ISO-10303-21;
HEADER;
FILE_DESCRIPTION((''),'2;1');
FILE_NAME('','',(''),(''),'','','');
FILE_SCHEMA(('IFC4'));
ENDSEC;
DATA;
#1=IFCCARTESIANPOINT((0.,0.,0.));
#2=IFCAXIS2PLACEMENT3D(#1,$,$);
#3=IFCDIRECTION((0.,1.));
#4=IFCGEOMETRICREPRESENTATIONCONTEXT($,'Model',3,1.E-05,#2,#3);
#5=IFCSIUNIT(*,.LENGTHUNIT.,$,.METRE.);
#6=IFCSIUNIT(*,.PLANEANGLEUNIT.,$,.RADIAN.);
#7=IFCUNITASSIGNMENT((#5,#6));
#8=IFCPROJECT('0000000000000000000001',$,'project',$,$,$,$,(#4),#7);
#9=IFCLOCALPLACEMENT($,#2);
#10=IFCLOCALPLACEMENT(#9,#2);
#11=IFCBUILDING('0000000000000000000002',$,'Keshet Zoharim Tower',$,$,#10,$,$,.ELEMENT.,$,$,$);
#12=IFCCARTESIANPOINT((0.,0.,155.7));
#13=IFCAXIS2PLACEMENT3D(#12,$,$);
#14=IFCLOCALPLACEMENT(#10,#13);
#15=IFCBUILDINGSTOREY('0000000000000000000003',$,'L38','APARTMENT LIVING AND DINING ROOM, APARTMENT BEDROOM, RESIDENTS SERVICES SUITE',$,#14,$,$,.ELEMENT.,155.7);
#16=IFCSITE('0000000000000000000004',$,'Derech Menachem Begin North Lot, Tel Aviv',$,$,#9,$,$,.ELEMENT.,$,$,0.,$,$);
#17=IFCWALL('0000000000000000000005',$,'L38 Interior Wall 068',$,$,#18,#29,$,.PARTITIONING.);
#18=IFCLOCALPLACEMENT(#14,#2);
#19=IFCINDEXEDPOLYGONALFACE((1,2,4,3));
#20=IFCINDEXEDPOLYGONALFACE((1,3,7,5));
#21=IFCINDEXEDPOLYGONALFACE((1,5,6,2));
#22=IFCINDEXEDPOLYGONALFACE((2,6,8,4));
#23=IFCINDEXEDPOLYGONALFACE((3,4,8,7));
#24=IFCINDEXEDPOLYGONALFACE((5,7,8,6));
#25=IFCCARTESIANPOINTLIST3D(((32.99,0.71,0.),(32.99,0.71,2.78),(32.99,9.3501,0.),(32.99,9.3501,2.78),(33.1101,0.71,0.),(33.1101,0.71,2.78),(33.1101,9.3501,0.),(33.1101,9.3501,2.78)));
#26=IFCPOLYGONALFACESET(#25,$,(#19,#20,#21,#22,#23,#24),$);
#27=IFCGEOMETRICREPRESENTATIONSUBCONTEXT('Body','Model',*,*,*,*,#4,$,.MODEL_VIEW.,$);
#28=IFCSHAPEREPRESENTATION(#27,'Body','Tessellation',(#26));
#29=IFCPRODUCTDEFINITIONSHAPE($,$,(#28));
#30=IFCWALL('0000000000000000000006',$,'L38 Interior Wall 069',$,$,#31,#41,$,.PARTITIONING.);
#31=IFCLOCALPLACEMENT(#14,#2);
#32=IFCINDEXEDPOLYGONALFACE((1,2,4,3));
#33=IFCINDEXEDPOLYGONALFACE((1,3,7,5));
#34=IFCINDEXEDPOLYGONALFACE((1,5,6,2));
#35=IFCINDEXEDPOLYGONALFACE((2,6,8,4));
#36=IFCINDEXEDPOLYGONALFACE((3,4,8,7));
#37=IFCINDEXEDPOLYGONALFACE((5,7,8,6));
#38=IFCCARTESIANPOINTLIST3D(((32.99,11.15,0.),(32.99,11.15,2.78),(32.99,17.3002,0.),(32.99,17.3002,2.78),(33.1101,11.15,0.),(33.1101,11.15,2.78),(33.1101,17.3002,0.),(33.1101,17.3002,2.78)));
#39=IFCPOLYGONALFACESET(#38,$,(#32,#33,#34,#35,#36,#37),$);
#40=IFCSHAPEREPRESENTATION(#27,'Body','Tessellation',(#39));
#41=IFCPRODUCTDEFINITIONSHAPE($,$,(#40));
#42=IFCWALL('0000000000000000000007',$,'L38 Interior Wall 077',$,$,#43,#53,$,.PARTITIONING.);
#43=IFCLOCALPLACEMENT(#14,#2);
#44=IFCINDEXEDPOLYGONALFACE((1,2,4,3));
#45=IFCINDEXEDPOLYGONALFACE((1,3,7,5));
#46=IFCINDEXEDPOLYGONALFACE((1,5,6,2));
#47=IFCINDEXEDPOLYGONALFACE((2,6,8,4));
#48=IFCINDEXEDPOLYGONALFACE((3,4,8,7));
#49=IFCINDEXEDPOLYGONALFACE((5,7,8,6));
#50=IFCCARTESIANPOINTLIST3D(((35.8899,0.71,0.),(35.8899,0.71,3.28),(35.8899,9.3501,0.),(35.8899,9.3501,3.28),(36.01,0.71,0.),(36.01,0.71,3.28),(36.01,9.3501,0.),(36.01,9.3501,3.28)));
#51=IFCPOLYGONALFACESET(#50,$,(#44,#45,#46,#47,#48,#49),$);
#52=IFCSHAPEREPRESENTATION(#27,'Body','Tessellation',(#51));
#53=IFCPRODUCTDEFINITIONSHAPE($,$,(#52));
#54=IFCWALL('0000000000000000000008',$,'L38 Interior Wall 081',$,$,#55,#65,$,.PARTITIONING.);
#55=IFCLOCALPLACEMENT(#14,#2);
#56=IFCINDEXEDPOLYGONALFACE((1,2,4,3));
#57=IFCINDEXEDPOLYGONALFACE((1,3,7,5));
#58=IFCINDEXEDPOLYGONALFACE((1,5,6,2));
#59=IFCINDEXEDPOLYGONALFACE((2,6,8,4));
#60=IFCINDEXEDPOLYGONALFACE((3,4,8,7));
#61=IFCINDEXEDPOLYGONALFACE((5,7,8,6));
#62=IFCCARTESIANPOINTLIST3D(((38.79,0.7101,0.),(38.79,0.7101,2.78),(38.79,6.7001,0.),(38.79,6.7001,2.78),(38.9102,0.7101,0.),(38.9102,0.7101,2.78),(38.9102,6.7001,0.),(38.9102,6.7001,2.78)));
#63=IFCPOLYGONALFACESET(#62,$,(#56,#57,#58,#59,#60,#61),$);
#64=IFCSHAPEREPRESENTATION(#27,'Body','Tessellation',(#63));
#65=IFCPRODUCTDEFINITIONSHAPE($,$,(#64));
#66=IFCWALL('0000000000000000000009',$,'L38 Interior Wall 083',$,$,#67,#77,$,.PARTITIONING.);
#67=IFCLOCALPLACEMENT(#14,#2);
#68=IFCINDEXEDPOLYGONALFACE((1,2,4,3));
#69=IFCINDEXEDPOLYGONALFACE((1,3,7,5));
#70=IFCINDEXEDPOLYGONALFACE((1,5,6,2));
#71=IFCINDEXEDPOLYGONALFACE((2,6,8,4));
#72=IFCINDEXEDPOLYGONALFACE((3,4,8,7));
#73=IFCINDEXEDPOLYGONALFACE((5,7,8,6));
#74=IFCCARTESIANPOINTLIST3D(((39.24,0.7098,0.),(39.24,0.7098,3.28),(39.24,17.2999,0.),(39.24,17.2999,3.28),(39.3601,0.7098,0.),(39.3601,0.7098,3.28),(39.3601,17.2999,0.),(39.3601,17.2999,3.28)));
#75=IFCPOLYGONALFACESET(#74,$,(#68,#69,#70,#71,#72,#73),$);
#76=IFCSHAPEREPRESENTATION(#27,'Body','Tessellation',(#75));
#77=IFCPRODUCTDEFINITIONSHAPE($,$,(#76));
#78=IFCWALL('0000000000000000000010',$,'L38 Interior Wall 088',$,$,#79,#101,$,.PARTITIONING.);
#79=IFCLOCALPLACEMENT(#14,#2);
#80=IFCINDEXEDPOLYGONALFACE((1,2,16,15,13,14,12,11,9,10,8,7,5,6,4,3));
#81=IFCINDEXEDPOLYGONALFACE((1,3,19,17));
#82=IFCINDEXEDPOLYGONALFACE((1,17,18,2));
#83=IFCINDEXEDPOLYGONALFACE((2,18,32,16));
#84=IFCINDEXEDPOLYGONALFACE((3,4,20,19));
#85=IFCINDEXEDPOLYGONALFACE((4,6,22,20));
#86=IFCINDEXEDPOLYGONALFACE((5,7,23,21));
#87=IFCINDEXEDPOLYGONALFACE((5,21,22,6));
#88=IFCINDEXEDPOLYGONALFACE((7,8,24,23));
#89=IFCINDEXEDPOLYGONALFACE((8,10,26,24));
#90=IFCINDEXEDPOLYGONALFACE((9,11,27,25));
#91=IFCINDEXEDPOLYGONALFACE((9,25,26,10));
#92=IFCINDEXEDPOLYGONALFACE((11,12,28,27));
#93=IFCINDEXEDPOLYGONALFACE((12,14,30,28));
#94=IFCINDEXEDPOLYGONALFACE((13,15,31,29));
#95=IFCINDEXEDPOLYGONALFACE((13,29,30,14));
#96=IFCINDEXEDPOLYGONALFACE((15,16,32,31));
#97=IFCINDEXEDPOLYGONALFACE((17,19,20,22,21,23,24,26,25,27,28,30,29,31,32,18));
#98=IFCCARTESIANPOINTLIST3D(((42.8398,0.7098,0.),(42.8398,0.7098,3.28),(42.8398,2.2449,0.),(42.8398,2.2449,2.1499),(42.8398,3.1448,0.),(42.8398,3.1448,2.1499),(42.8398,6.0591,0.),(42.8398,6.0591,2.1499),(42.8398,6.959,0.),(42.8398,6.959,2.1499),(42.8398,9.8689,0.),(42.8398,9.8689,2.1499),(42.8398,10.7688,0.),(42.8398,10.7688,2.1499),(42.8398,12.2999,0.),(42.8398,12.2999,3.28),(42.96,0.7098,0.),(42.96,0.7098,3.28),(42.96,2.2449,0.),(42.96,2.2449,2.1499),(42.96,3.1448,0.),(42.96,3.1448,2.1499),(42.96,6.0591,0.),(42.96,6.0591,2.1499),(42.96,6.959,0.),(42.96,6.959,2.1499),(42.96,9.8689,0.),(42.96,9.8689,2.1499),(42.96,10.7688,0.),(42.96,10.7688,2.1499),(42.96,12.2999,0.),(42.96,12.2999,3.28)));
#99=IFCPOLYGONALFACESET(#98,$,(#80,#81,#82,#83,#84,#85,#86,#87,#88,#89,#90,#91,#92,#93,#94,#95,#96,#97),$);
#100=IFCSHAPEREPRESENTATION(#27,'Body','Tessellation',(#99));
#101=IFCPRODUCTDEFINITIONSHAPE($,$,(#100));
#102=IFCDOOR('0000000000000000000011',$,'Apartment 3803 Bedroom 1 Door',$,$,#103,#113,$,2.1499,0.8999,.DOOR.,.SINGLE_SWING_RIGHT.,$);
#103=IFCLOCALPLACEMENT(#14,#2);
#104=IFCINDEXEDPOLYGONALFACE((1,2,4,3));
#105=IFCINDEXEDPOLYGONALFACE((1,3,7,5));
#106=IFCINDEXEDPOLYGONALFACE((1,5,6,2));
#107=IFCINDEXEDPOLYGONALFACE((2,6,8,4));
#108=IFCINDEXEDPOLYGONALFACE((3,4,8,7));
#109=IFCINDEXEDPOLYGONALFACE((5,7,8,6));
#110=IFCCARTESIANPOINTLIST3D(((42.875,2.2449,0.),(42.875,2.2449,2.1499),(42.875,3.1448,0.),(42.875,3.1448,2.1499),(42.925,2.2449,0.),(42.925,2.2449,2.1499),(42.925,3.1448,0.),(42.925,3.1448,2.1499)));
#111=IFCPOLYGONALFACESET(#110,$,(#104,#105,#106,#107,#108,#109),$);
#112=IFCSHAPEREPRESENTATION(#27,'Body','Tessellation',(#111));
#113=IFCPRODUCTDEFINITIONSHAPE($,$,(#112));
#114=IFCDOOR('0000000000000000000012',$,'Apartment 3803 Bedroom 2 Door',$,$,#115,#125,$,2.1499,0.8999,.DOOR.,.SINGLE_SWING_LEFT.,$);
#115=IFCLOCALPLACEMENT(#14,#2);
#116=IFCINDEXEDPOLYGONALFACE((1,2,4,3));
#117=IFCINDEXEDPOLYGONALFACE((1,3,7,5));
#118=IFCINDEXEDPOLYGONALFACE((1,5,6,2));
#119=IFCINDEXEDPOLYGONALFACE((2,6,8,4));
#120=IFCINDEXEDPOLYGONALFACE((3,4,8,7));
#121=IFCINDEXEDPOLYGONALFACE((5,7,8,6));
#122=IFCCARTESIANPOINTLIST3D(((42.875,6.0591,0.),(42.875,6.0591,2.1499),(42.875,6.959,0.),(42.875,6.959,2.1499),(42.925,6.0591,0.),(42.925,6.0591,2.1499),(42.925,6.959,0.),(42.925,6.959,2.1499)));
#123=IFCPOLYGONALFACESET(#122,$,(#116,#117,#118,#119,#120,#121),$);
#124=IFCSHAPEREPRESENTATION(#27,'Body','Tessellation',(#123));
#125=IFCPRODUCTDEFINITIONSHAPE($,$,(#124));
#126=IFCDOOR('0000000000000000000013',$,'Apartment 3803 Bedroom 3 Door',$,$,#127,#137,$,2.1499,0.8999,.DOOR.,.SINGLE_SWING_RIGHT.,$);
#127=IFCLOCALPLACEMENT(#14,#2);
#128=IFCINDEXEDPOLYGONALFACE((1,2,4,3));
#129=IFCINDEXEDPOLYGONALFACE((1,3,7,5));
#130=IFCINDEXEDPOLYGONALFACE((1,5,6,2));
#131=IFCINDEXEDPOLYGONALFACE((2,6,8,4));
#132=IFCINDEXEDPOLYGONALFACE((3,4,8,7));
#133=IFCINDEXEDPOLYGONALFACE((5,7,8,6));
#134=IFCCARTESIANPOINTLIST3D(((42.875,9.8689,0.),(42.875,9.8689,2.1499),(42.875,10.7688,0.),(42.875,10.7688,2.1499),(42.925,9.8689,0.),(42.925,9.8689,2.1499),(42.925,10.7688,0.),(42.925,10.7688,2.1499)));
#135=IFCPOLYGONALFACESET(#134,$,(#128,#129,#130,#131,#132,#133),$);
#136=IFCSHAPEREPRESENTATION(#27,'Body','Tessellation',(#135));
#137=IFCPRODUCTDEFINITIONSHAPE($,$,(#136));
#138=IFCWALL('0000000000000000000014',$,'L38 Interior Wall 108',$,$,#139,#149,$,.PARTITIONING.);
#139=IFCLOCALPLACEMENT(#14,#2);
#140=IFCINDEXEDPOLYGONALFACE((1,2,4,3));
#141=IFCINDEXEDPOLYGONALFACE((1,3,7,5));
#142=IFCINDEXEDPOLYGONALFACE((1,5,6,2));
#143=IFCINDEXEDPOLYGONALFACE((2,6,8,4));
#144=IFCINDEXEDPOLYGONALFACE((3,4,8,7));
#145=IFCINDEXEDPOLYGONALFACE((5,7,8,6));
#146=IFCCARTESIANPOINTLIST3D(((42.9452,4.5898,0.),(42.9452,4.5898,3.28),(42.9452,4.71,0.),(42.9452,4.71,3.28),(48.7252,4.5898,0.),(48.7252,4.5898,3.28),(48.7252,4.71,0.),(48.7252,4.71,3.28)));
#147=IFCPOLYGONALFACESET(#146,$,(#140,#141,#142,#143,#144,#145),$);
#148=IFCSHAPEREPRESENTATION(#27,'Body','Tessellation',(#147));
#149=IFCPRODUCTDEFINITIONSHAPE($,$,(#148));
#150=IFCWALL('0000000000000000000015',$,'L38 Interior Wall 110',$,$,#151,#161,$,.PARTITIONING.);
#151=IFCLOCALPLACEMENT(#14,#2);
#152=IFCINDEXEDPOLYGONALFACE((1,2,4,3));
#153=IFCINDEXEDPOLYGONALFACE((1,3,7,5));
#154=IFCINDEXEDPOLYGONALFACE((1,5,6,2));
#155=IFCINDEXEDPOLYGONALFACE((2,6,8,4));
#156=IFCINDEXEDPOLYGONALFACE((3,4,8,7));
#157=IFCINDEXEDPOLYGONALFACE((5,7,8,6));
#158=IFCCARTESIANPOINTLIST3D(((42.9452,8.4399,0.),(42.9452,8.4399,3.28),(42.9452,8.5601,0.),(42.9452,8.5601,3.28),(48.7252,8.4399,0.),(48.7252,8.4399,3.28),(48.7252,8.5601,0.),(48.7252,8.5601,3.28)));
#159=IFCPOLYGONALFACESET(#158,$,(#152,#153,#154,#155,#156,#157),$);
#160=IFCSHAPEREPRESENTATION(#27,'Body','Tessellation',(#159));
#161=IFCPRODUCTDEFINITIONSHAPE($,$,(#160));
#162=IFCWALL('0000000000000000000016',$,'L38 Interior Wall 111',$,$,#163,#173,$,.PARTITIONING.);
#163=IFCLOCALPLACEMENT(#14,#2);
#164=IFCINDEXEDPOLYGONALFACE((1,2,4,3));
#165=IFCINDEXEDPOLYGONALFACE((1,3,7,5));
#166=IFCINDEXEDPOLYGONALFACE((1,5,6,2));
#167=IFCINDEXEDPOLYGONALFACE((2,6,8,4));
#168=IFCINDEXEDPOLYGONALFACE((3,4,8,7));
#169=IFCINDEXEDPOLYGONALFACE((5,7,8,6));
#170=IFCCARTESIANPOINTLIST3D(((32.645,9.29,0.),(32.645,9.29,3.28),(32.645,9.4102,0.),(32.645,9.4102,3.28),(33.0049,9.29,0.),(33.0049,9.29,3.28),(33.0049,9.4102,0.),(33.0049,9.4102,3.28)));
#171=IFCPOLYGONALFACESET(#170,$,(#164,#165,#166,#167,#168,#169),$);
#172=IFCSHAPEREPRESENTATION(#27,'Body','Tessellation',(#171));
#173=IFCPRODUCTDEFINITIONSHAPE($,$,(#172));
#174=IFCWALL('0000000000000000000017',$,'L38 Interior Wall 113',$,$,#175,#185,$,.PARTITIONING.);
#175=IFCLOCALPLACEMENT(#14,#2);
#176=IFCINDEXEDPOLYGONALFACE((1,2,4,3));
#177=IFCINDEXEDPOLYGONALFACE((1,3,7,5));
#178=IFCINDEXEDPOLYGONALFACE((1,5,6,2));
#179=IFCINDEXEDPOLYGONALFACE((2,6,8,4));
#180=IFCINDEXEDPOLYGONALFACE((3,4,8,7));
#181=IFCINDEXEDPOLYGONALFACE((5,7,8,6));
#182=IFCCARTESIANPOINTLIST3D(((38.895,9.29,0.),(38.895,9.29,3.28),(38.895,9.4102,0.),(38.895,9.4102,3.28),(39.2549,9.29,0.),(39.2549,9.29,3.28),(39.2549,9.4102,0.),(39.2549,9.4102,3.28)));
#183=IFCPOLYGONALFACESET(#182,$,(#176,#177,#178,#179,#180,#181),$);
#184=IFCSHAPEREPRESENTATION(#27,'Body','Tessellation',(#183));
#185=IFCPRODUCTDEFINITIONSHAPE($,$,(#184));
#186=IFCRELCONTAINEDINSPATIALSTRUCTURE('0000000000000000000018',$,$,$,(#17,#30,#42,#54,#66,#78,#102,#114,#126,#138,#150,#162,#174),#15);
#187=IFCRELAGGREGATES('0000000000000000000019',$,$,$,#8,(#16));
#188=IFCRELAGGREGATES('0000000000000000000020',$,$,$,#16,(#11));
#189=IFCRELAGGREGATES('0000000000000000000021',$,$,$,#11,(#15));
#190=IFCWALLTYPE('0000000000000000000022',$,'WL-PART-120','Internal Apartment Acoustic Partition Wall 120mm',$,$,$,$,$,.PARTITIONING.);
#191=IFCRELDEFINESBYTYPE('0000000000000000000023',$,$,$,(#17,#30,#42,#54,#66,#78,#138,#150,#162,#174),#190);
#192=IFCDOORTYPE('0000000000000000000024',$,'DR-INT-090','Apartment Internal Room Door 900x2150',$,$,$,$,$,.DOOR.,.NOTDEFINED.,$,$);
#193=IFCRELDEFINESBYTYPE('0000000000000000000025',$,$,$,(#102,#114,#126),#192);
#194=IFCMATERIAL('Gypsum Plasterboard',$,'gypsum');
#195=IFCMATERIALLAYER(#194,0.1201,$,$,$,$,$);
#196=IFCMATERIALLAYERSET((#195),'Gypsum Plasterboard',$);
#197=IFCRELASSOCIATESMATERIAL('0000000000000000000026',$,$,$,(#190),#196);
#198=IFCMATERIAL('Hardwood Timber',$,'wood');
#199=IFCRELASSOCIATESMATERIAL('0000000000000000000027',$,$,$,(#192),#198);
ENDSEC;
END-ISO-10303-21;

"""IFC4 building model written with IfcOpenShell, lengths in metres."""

from ifc_helpers import new_model, si_unit, direction, frame, frame_2d, origin, place, context, subcontext, project, spatial, rectangle, extrude, material, layer, layer_set, type_object, element, fill, save


model = new_model("IFC4")

# Units and contexts
model_context = context("Model", 3, precision=1e-05, world=origin(), true_north=direction((0.0, 1.0)))
body_context = subcontext(model_context, "Body", "Model", "MODEL_VIEW")
ifc_project = project(units=[si_unit("LENGTHUNIT", "METRE"), si_unit("PLANEANGLEUNIT", "RADIAN")], contexts=[model_context])

# Site, building, storey
site_placement = place(None, origin())
site = spatial("IfcSite", under=ifc_project, at=site_placement, Name="Derech Menachem Begin North Lot, Tel Aviv", CompositionType="ELEMENT", RefElevation=0.0)
building_placement = place(site_placement, origin())
building = spatial("IfcBuilding", under=site, at=building_placement, Name="Keshet Zoharim Tower", CompositionType="ELEMENT")
storey_placement = place(building_placement, frame((0.0, 0.0, 155.7)))
storey = spatial("IfcBuildingStorey", under=building, at=storey_placement, Name="L38", Description="APARTMENT LIVING AND DINING ROOM, APARTMENT BEDROOM, RESIDENTS SERVICES SUITE", CompositionType="ELEMENT", Elevation=155.7)

# Walls
ifc_material_1 = material(Name="Gypsum Plasterboard", Category="gypsum")
ifc_layer_1 = layer(ifc_material_1, 0.1201)
ifc_layer_set_1 = layer_set([ifc_layer_1], Name="Gypsum Plasterboard")
wall_type = type_object("IfcWallType", Name="WL-PART-120", Description="Internal Apartment Acoustic Partition Wall 120mm", PredefinedType="PARTITIONING", material=ifc_layer_set_1)
wall_1_placement = place(storey_placement, frame((33.05, 0.71, 0.0), z_axis=(0.0, 0.0, 1.0), x_axis=(0.0, 1.0, 0.0)))
element("IfcWall", 1, at=wall_1_placement, inside=storey, type_object=wall_type, Name="L38 Interior Wall 068", PredefinedType="PARTITIONING", context=body_context, shape_type="SweptSolid", body=[
    extrude(rectangle(XDim=8.6401, YDim=0.1201, at=frame_2d((4.3201, 0.0))), origin(), (0.0, 0.0, 1.0), 2.78),
])
wall_2_placement = place(storey_placement, frame((33.05, 11.1499, 0.0), z_axis=(0.0, 0.0, 1.0), x_axis=(0.0, 1.0, 0.0)))
element("IfcWall", 2, at=wall_2_placement, inside=storey, type_object=wall_type, Name="L38 Interior Wall 069", PredefinedType="PARTITIONING", context=body_context, shape_type="SweptSolid", body=[
    extrude(rectangle(XDim=6.1501, YDim=0.1201, at=frame_2d((3.0752, 0.0))), origin(), (0.0, 0.0, 1.0), 2.78),
])
wall_3_placement = place(storey_placement, frame((35.95, 0.71, 0.0), z_axis=(0.0, 0.0, 1.0), x_axis=(0.0, 1.0, 0.0)))
element("IfcWall", 3, at=wall_3_placement, inside=storey, type_object=wall_type, Name="L38 Interior Wall 077", PredefinedType="PARTITIONING", context=body_context, shape_type="SweptSolid", body=[
    extrude(rectangle(XDim=8.6401, YDim=0.1201, at=frame_2d((4.3201, 0.0))), origin(), (0.0, 0.0, 1.0), 3.28),
])
wall_4_placement = place(storey_placement, frame((38.8501, 0.71, 0.0), z_axis=(0.0, 0.0, 1.0), x_axis=(0.0, 1.0, 0.0)))
element("IfcWall", 4, at=wall_4_placement, inside=storey, type_object=wall_type, Name="L38 Interior Wall 081", PredefinedType="PARTITIONING", context=body_context, shape_type="SweptSolid", body=[
    extrude(rectangle(XDim=5.99, YDim=0.1201, at=frame_2d((2.9951, 0.0))), origin(), (0.0, 0.0, 1.0), 2.78),
])
wall_5_placement = place(storey_placement, frame((39.3, 0.71, 0.0), z_axis=(0.0, 0.0, 1.0), x_axis=(0.0, 1.0, 0.0)))
element("IfcWall", 5, at=wall_5_placement, inside=storey, type_object=wall_type, Name="L38 Interior Wall 083", PredefinedType="PARTITIONING", context=body_context, shape_type="SweptSolid", body=[
    extrude(rectangle(XDim=16.5901, YDim=0.1201, at=frame_2d((8.2949, 0.0))), origin(), (0.0, 0.0, 1.0), 3.28),
])

# Wall, openings, doors
wall_6_placement = place(storey_placement, frame((42.8999, 0.71, 0.0), z_axis=(0.0, 0.0, 1.0), x_axis=(0.0, 1.0, 0.0)))
wall_6 = element("IfcWall", 6, at=wall_6_placement, inside=storey, type_object=wall_type, Name="L38 Interior Wall 088", PredefinedType="PARTITIONING", context=body_context, shape_type="SweptSolid", body=[
    extrude(rectangle(XDim=11.5901, YDim=0.1201, at=frame_2d((5.7949, 0.0))), origin(), (0.0, 0.0, 1.0), 3.28),
])
opening_1_placement = place(wall_6_placement, frame((1.5349, 0.0, 0.0)))
opening_1 = element("IfcOpeningElement", 7, at=opening_1_placement, cuts=wall_6, PredefinedType="OPENING", context=body_context, shape_type="SweptSolid", body=[
    extrude(rectangle(XDim=0.8999, YDim=2.1499, at=frame_2d((0.45, 1.075))), frame((0.0, 0.0701, 0.0), z_axis=(0.0, -1.0, 0.0), x_axis=(1.0, 0.0, 0.0)), (0.0, 0.0, 1.0), 0.1401),
])
opening_2_placement = place(wall_6_placement, frame((5.3491, 0.0, 0.0)))
opening_2 = element("IfcOpeningElement", 8, at=opening_2_placement, cuts=wall_6, PredefinedType="OPENING", context=body_context, shape_type="SweptSolid", body=[
    extrude(rectangle(XDim=0.8999, YDim=2.1499, at=frame_2d((0.45, 1.075))), frame((0.0, 0.0701, 0.0), z_axis=(0.0, -1.0, 0.0), x_axis=(1.0, 0.0, 0.0)), (0.0, 0.0, 1.0), 0.1401),
])
opening_3_placement = place(wall_6_placement, frame((9.1589, 0.0, 0.0)))
opening_3 = element("IfcOpeningElement", 9, at=opening_3_placement, cuts=wall_6, PredefinedType="OPENING", context=body_context, shape_type="SweptSolid", body=[
    extrude(rectangle(XDim=0.8999, YDim=2.1499, at=frame_2d((0.45, 1.075))), frame((0.0, 0.0701, 0.0), z_axis=(0.0, -1.0, 0.0), x_axis=(1.0, 0.0, 0.0)), (0.0, 0.0, 1.0), 0.1401),
])
ifc_material_2 = material(Name="Hardwood Timber", Category="wood")
door_type = type_object("IfcDoorType", Name="DR-INT-090", Description="Apartment Internal Room Door 900x2150", OperationType="NOTDEFINED", PredefinedType="DOOR", material=ifc_material_2)
door_1_placement = place(opening_1_placement, origin())
door_1 = element("IfcDoor", 10, at=door_1_placement, inside=storey, type_object=door_type, Name="Apartment 3803 Bedroom 1 Door", OperationType="SINGLE_SWING_RIGHT", OverallHeight=2.1499, OverallWidth=0.8999, PredefinedType="DOOR", context=body_context, shape_type="SweptSolid", body=[
    extrude(rectangle(XDim=0.8999, YDim=2.1499, at=frame_2d((0.45, 1.075))), frame((0.0, 0.0249, 0.0), z_axis=(0.0, -1.0, 0.0), x_axis=(1.0, 0.0, 0.0)), (0.0, 0.0, 1.0), 0.05),
])
fill(opening_1, door_1)
door_2_placement = place(opening_2_placement, origin())
door_2 = element("IfcDoor", 11, at=door_2_placement, inside=storey, type_object=door_type, Name="Apartment 3803 Bedroom 2 Door", OperationType="SINGLE_SWING_LEFT", OverallHeight=2.1499, OverallWidth=0.8999, PredefinedType="DOOR", context=body_context, shape_type="SweptSolid", body=[
    extrude(rectangle(XDim=0.8999, YDim=2.1499, at=frame_2d((0.45, 1.075))), frame((0.0, 0.0249, 0.0), z_axis=(0.0, -1.0, 0.0), x_axis=(1.0, 0.0, 0.0)), (0.0, 0.0, 1.0), 0.05),
])
fill(opening_2, door_2)
door_3_placement = place(opening_3_placement, origin())
door_3 = element("IfcDoor", 12, at=door_3_placement, inside=storey, type_object=door_type, Name="Apartment 3803 Bedroom 3 Door", OperationType="SINGLE_SWING_RIGHT", OverallHeight=2.1499, OverallWidth=0.8999, PredefinedType="DOOR", context=body_context, shape_type="SweptSolid", body=[
    extrude(rectangle(XDim=0.8999, YDim=2.1499, at=frame_2d((0.45, 1.075))), frame((0.0, 0.0249, 0.0), z_axis=(0.0, -1.0, 0.0), x_axis=(1.0, 0.0, 0.0)), (0.0, 0.0, 1.0), 0.05),
])
fill(opening_3, door_3)

# Walls
for number, where, z_axis, x_axis, name in (
    (13, (42.9451, 4.6499, 0.0), (0.0, 0.0, 1.0), (1.0, 0.0, 0.0), "L38 Interior Wall 108"),
    (14, (42.9451, 8.5, 0.0), (0.0, 0.0, 1.0), (1.0, 0.0, 0.0), "L38 Interior Wall 110"),
):
    element("IfcWall", number, at=place(storey_placement, frame(where, z_axis=z_axis, x_axis=x_axis)), inside=storey, type_object=wall_type, Name=name, PredefinedType="PARTITIONING", context=body_context, shape_type="SweptSolid", body=[
        extrude(rectangle(XDim=5.78, YDim=0.1201, at=frame_2d((2.8901, 0.0))), origin(), (0.0, 0.0, 1.0), 3.28),
    ])
wall_7_placement = place(storey_placement, frame((32.645, 9.3501, 0.0), z_axis=(0.0, 0.0, 1.0), x_axis=(1.0, 0.0, 0.0)))
element("IfcWall", 15, at=wall_7_placement, inside=storey, type_object=wall_type, Name="L38 Interior Wall 111", PredefinedType="PARTITIONING", context=body_context, shape_type="SweptSolid", body=[
    extrude(rectangle(XDim=0.3599, YDim=0.1201, at=frame_2d((0.1799, 0.0))), origin(), (0.0, 0.0, 1.0), 3.28),
])

# Wall
wall_8_placement = place(storey_placement, frame((38.895, 9.3501, 0.0), z_axis=(0.0, 0.0, 1.0), x_axis=(1.0, 0.0, 0.0)))
element("IfcWall", 16, at=wall_8_placement, inside=storey, type_object=wall_type, Name="L38 Interior Wall 113", PredefinedType="PARTITIONING", context=body_context, shape_type="SweptSolid", body=[
    extrude(rectangle(XDim=0.3599, YDim=0.1201, at=frame_2d((0.1799, 0.0))), origin(), (0.0, 0.0, 1.0), 3.28),
])

save(model, "model.ifc")
